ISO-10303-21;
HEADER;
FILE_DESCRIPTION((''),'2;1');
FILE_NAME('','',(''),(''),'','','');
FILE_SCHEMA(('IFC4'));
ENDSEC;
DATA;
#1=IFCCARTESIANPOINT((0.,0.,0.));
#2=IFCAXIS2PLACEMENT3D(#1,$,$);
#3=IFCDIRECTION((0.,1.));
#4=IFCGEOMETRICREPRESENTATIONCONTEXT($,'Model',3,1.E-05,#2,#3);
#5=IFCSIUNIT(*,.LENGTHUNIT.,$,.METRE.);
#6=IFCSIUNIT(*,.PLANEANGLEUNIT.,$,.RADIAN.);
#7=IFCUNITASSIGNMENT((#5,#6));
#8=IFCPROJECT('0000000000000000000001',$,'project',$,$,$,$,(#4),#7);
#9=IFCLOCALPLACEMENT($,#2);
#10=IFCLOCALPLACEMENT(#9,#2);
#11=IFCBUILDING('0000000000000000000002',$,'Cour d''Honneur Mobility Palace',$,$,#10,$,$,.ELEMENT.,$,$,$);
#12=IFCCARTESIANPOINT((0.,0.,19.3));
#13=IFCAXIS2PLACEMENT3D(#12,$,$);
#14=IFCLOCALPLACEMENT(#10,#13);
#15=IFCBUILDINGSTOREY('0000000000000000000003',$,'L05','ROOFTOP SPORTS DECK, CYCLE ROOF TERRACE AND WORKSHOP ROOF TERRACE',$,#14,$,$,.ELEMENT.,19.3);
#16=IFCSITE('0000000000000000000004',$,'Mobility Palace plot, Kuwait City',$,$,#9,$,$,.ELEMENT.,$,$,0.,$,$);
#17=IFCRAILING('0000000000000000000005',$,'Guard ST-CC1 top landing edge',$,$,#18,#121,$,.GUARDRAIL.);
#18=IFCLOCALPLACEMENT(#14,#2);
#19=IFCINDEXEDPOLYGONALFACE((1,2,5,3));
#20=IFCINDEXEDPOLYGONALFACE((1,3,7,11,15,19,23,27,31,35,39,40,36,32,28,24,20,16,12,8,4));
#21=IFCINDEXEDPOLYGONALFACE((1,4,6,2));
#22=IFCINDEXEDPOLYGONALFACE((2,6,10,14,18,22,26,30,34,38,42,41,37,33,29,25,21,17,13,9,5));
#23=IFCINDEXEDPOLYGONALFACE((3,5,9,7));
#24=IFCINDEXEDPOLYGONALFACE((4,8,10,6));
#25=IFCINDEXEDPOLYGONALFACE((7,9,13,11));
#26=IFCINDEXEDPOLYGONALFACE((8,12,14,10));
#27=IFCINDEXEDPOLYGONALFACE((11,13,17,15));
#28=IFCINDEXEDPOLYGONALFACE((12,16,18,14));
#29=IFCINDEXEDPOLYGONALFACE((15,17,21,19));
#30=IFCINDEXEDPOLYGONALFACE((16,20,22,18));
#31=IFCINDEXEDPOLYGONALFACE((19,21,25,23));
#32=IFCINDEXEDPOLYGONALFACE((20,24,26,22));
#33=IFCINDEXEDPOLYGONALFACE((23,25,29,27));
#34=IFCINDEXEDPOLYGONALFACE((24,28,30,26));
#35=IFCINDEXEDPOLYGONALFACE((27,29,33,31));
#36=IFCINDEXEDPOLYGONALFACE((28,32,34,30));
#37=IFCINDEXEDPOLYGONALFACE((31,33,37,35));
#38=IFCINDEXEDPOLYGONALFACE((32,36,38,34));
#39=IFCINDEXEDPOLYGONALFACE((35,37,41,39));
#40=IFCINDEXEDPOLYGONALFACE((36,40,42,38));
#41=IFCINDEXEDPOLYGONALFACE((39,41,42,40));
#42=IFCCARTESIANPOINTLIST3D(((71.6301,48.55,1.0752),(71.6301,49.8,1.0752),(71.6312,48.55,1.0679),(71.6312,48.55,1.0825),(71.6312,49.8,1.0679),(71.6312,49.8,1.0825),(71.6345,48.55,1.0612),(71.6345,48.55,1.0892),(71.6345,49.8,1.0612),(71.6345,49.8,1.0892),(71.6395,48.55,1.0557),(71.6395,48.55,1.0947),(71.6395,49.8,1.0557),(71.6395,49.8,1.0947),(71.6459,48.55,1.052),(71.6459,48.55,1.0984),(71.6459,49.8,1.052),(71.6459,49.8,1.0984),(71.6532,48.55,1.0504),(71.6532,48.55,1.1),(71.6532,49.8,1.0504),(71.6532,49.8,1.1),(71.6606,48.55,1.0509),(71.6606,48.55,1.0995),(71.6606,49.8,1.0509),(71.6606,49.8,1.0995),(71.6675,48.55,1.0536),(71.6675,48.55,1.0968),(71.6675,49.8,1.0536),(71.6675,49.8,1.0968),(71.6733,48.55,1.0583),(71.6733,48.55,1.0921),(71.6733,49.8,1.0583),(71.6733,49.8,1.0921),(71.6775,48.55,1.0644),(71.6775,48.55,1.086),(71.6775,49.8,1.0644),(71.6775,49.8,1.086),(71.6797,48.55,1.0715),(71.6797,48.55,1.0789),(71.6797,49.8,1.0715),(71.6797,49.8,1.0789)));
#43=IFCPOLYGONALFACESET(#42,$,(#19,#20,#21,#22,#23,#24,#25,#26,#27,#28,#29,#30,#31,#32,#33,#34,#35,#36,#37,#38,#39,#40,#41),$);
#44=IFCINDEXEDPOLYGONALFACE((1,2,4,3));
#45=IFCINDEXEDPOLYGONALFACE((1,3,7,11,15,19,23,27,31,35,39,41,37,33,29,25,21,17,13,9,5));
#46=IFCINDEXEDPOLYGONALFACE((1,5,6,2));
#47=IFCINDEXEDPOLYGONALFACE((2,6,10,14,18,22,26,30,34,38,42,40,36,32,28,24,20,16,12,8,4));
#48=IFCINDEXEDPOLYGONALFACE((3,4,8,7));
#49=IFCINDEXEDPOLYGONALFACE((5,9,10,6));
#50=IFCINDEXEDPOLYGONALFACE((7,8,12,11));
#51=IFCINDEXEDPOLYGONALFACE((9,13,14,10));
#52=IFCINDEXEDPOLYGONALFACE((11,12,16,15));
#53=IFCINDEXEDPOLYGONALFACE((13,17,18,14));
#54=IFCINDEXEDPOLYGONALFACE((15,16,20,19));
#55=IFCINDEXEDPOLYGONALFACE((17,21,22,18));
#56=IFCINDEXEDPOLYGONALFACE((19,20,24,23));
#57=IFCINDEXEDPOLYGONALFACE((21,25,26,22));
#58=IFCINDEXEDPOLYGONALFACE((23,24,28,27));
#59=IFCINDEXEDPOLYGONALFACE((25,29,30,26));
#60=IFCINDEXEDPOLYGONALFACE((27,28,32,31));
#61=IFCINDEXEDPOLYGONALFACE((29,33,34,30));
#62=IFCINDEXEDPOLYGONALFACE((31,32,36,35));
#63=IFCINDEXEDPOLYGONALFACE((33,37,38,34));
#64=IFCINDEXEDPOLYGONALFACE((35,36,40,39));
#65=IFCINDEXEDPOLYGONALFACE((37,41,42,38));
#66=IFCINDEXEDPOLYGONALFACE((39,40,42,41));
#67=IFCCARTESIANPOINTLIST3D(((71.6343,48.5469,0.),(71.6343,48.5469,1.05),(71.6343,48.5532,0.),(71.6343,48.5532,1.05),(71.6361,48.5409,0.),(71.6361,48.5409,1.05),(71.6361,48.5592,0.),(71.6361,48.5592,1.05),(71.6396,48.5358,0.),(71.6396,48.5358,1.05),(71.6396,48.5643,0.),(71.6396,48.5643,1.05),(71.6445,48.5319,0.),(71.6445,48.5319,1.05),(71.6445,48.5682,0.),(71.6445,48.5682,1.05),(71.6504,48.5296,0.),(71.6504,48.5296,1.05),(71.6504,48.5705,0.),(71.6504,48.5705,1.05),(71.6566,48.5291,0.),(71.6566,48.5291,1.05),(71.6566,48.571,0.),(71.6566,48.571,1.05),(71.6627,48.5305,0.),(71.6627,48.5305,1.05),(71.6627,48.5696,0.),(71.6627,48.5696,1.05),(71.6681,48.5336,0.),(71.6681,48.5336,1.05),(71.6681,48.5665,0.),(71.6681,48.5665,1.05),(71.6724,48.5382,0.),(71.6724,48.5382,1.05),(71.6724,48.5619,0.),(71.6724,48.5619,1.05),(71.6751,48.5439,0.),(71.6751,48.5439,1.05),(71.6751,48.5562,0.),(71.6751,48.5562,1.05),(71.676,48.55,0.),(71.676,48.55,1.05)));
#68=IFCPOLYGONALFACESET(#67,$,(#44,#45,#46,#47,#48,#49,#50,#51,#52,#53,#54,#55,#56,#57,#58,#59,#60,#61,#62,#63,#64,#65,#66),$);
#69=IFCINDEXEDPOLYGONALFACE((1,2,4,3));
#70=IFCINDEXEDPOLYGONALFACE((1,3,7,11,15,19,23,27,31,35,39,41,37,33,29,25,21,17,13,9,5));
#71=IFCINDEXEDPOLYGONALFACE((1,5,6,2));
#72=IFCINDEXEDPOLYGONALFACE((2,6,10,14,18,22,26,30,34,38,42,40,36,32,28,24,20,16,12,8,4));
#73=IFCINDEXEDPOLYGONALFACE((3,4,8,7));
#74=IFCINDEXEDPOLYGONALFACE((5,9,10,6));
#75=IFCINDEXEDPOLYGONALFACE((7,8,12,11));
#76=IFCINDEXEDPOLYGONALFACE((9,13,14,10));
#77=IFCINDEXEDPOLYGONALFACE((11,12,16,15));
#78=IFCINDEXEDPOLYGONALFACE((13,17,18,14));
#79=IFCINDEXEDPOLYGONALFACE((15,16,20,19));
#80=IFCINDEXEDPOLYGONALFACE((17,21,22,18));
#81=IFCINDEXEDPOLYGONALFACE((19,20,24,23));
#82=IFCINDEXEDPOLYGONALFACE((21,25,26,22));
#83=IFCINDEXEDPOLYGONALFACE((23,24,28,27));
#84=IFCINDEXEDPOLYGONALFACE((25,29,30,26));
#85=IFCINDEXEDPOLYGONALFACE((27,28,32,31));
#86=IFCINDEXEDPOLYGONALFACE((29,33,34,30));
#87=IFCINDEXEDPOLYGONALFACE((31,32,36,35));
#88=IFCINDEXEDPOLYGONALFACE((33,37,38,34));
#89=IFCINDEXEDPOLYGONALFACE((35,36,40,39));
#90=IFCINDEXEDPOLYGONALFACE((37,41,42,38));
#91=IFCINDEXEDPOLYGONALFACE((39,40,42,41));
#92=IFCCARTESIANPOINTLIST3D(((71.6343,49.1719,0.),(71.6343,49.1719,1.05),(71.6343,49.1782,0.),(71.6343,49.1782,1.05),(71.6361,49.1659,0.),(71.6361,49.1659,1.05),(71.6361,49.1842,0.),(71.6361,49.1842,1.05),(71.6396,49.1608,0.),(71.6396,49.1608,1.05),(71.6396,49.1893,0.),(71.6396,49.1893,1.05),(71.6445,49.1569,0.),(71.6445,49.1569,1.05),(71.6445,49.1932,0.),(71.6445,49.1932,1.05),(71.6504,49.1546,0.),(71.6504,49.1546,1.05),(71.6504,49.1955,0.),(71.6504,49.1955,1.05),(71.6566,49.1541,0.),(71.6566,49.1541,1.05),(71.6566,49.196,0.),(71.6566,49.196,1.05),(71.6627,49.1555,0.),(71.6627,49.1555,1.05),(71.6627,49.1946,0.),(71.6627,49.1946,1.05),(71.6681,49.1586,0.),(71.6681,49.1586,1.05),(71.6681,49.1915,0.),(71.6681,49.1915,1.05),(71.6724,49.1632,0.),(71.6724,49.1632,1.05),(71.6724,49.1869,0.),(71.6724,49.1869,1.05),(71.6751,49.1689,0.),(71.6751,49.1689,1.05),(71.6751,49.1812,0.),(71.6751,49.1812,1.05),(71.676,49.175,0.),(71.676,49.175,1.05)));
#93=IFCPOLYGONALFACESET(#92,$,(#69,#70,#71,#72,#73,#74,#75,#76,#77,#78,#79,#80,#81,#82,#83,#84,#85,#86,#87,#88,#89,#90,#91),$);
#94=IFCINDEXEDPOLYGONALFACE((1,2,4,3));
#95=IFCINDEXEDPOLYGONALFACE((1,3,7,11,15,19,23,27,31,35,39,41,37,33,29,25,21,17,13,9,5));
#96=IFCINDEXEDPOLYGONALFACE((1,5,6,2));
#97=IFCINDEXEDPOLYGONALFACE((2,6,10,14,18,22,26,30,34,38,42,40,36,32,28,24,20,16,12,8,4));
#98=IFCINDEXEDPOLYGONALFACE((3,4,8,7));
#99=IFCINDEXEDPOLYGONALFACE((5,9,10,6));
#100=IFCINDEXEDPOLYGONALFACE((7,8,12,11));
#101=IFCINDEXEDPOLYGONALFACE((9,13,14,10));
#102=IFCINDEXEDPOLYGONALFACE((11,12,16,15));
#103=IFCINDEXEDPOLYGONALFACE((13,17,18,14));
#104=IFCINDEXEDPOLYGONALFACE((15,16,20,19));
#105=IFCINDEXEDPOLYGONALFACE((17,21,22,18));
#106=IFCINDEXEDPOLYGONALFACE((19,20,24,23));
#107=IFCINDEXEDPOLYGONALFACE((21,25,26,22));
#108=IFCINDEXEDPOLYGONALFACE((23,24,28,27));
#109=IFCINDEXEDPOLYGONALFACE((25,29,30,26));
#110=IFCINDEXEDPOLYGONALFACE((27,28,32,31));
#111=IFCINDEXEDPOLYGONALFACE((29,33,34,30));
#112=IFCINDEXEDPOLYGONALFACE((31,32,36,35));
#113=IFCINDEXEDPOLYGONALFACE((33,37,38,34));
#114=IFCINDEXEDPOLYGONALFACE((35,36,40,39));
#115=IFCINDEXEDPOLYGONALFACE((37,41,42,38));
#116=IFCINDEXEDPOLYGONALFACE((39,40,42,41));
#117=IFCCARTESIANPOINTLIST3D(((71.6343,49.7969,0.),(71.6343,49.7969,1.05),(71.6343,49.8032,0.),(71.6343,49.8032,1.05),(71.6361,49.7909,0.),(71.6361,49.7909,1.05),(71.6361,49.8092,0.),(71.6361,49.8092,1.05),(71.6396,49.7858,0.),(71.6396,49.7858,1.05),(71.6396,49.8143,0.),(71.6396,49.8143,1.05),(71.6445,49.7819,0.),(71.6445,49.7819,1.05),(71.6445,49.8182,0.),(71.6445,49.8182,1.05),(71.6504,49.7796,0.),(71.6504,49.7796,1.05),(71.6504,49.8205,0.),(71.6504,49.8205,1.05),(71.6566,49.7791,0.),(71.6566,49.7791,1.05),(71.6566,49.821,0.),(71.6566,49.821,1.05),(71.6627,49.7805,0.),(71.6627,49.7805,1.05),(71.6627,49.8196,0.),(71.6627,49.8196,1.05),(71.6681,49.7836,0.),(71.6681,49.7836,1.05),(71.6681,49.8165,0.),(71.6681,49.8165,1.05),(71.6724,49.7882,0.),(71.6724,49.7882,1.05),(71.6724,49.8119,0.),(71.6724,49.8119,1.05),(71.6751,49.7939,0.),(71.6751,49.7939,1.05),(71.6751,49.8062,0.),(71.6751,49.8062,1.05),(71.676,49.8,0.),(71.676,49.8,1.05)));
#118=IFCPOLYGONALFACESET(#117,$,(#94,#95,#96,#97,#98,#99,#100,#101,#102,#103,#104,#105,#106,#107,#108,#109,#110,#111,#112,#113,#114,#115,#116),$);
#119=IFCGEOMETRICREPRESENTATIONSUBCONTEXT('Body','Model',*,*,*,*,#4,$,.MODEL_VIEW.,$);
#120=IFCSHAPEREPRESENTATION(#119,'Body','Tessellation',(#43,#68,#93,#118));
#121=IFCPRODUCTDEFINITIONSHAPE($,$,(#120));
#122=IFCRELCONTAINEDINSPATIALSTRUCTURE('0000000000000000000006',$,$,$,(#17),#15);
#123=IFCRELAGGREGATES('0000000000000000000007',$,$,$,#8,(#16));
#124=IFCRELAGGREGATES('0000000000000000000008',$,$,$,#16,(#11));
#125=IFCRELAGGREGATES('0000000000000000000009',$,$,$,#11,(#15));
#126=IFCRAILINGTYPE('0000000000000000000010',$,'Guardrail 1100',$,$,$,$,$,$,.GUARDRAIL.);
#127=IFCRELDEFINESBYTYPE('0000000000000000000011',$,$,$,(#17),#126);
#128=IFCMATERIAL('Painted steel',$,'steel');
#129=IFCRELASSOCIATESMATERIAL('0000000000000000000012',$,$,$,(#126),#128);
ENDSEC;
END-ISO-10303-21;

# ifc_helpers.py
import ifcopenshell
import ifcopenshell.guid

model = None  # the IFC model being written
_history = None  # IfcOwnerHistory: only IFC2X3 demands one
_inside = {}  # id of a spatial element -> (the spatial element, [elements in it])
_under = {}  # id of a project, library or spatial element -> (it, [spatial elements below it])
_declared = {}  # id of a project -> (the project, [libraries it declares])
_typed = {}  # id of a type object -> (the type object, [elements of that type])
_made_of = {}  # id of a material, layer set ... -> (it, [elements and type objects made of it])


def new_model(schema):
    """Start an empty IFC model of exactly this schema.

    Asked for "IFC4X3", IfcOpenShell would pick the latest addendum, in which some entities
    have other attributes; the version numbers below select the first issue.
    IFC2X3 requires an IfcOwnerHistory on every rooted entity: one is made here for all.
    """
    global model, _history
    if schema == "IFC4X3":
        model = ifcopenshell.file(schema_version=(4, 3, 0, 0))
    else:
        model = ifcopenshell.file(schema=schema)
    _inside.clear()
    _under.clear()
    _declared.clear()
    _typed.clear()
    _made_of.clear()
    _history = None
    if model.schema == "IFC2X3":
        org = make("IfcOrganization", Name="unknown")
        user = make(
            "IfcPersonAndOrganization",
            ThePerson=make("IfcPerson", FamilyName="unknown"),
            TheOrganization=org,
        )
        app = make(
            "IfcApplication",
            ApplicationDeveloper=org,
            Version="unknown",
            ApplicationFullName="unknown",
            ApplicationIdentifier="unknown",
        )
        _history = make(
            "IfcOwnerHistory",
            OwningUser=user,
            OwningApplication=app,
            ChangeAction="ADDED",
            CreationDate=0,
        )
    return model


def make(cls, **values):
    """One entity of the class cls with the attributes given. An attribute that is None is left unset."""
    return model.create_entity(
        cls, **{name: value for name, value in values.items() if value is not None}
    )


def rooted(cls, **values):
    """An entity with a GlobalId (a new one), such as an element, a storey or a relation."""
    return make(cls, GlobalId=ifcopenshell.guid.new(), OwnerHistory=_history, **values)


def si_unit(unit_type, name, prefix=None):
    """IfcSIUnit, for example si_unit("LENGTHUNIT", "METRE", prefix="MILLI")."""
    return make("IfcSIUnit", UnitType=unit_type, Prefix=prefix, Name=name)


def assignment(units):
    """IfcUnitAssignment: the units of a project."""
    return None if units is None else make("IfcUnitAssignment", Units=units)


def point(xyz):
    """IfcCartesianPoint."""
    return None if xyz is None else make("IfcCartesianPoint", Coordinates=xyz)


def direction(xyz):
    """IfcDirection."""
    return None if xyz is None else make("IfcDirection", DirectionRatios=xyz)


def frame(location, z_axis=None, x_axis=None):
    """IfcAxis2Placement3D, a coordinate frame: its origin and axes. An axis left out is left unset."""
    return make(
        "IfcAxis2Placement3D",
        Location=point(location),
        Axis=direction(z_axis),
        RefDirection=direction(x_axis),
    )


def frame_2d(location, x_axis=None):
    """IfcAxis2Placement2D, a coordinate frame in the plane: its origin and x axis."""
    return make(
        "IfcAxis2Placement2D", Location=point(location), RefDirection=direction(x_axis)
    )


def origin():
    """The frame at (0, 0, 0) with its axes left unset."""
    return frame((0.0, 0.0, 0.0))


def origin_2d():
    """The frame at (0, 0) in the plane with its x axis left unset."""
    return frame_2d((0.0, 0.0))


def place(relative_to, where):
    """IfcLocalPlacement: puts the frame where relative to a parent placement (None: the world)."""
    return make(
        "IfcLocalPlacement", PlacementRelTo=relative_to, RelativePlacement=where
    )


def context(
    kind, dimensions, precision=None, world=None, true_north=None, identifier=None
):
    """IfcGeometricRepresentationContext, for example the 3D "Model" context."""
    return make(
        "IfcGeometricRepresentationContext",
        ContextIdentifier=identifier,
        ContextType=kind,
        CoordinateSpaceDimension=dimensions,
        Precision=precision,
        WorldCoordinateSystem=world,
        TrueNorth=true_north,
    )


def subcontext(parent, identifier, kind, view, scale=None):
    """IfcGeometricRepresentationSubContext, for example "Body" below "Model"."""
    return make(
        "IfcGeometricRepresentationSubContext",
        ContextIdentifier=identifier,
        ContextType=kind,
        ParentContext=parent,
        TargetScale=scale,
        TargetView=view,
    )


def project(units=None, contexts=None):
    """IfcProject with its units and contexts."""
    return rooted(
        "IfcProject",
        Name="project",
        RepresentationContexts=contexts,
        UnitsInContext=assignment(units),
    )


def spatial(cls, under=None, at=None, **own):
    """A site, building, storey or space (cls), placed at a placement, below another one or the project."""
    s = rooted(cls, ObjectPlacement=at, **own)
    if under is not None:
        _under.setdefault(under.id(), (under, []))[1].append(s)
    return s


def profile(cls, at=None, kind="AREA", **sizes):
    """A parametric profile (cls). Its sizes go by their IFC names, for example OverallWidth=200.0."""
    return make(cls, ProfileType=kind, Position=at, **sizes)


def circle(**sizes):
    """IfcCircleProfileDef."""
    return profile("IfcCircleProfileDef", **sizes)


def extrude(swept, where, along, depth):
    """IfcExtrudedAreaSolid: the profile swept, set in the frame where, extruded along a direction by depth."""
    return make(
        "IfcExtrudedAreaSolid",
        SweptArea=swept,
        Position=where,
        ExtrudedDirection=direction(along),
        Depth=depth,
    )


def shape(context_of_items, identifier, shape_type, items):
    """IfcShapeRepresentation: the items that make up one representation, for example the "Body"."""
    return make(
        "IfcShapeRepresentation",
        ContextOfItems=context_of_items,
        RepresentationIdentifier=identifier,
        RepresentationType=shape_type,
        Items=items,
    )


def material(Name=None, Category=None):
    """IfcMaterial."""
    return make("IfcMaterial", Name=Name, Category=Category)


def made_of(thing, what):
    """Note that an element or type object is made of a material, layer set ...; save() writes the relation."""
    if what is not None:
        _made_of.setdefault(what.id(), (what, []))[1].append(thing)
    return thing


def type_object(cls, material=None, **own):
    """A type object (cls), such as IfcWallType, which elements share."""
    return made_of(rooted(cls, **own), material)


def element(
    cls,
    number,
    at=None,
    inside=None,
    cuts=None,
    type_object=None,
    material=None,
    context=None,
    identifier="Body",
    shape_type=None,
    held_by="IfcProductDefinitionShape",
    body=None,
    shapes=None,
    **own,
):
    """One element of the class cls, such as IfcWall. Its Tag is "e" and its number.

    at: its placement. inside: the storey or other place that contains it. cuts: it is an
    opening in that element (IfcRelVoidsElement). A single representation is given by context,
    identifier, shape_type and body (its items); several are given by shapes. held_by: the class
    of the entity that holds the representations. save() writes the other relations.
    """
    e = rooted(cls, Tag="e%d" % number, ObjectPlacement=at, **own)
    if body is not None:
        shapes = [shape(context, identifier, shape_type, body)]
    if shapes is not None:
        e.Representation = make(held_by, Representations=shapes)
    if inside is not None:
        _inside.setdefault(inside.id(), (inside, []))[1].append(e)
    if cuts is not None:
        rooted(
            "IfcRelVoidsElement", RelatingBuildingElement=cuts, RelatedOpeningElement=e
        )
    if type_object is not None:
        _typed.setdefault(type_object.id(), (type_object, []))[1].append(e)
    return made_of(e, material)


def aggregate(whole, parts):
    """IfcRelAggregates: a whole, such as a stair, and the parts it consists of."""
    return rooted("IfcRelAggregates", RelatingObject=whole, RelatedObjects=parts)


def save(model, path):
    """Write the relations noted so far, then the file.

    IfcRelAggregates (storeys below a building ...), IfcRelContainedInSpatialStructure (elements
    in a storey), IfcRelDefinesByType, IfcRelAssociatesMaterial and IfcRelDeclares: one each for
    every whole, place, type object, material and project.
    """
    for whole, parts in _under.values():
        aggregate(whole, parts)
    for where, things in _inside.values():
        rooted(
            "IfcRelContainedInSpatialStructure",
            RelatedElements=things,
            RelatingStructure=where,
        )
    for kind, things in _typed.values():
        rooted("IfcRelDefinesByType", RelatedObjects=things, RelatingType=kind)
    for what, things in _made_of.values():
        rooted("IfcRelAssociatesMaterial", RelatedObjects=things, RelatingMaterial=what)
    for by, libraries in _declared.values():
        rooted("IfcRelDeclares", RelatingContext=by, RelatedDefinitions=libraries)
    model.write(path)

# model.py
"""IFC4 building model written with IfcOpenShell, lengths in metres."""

from ifc_helpers import new_model, si_unit, direction, frame, origin, origin_2d, place, context, subcontext, project, spatial, circle, extrude, material, type_object, element, save


model = new_model("IFC4")

# Units and contexts
model_context = context("Model", 3, precision=1e-05, world=origin(), true_north=direction((0.0, 1.0)))
body_context = subcontext(model_context, "Body", "Model", "MODEL_VIEW")
ifc_project = project(units=[si_unit("LENGTHUNIT", "METRE"), si_unit("PLANEANGLEUNIT", "RADIAN")], contexts=[model_context])

# Site, building, storey
site_placement = place(None, origin())
site = spatial("IfcSite", under=ifc_project, at=site_placement, Name="Mobility Palace plot, Kuwait City", CompositionType="ELEMENT", RefElevation=0.0)
building_placement = place(site_placement, origin())
building = spatial("IfcBuilding", under=site, at=building_placement, Name="Cour d'Honneur Mobility Palace", CompositionType="ELEMENT")
storey_placement = place(building_placement, frame((0.0, 0.0, 19.3)))
storey = spatial("IfcBuildingStorey", under=building, at=storey_placement, Name="L05", Description="ROOFTOP SPORTS DECK, CYCLE ROOF TERRACE AND WORKSHOP ROOF TERRACE", CompositionType="ELEMENT", Elevation=19.3)

# Railing
ifc_material_1 = material(Name="Painted steel", Category="steel")
railing_type_1 = type_object("IfcRailingType", Name="Guardrail 1100", PredefinedType="GUARDRAIL", material=ifc_material_1)
railing_1_placement = place(storey_placement, frame((71.655, 48.55, 0.0)))
element("IfcRailing", 1, at=railing_1_placement, inside=storey, type_object=railing_type_1, Name="Guard ST-CC1 top landing edge", PredefinedType="GUARDRAIL", context=body_context, shape_type="SweptSolid", body=[
    extrude(circle(Radius=0.0249, at=origin_2d()), frame((0.0, 0.0, 1.0752), z_axis=(0.0, 1.0, 0.0), x_axis=(-1.0, 0.0, 0.0)), (0.0, 0.0, 1.0), 1.25),
    extrude(circle(Radius=0.021, at=origin_2d()), origin(), (0.0, 0.0, 1.0), 1.05),
    extrude(circle(Radius=0.021, at=origin_2d()), frame((0.0, 0.625, 0.0)), (0.0, 0.0, 1.0), 1.05),
    extrude(circle(Radius=0.021, at=origin_2d()), frame((0.0, 1.25, 0.0)), (0.0, 0.0, 1.0), 1.05),
])

save(model, "model.ifc")
